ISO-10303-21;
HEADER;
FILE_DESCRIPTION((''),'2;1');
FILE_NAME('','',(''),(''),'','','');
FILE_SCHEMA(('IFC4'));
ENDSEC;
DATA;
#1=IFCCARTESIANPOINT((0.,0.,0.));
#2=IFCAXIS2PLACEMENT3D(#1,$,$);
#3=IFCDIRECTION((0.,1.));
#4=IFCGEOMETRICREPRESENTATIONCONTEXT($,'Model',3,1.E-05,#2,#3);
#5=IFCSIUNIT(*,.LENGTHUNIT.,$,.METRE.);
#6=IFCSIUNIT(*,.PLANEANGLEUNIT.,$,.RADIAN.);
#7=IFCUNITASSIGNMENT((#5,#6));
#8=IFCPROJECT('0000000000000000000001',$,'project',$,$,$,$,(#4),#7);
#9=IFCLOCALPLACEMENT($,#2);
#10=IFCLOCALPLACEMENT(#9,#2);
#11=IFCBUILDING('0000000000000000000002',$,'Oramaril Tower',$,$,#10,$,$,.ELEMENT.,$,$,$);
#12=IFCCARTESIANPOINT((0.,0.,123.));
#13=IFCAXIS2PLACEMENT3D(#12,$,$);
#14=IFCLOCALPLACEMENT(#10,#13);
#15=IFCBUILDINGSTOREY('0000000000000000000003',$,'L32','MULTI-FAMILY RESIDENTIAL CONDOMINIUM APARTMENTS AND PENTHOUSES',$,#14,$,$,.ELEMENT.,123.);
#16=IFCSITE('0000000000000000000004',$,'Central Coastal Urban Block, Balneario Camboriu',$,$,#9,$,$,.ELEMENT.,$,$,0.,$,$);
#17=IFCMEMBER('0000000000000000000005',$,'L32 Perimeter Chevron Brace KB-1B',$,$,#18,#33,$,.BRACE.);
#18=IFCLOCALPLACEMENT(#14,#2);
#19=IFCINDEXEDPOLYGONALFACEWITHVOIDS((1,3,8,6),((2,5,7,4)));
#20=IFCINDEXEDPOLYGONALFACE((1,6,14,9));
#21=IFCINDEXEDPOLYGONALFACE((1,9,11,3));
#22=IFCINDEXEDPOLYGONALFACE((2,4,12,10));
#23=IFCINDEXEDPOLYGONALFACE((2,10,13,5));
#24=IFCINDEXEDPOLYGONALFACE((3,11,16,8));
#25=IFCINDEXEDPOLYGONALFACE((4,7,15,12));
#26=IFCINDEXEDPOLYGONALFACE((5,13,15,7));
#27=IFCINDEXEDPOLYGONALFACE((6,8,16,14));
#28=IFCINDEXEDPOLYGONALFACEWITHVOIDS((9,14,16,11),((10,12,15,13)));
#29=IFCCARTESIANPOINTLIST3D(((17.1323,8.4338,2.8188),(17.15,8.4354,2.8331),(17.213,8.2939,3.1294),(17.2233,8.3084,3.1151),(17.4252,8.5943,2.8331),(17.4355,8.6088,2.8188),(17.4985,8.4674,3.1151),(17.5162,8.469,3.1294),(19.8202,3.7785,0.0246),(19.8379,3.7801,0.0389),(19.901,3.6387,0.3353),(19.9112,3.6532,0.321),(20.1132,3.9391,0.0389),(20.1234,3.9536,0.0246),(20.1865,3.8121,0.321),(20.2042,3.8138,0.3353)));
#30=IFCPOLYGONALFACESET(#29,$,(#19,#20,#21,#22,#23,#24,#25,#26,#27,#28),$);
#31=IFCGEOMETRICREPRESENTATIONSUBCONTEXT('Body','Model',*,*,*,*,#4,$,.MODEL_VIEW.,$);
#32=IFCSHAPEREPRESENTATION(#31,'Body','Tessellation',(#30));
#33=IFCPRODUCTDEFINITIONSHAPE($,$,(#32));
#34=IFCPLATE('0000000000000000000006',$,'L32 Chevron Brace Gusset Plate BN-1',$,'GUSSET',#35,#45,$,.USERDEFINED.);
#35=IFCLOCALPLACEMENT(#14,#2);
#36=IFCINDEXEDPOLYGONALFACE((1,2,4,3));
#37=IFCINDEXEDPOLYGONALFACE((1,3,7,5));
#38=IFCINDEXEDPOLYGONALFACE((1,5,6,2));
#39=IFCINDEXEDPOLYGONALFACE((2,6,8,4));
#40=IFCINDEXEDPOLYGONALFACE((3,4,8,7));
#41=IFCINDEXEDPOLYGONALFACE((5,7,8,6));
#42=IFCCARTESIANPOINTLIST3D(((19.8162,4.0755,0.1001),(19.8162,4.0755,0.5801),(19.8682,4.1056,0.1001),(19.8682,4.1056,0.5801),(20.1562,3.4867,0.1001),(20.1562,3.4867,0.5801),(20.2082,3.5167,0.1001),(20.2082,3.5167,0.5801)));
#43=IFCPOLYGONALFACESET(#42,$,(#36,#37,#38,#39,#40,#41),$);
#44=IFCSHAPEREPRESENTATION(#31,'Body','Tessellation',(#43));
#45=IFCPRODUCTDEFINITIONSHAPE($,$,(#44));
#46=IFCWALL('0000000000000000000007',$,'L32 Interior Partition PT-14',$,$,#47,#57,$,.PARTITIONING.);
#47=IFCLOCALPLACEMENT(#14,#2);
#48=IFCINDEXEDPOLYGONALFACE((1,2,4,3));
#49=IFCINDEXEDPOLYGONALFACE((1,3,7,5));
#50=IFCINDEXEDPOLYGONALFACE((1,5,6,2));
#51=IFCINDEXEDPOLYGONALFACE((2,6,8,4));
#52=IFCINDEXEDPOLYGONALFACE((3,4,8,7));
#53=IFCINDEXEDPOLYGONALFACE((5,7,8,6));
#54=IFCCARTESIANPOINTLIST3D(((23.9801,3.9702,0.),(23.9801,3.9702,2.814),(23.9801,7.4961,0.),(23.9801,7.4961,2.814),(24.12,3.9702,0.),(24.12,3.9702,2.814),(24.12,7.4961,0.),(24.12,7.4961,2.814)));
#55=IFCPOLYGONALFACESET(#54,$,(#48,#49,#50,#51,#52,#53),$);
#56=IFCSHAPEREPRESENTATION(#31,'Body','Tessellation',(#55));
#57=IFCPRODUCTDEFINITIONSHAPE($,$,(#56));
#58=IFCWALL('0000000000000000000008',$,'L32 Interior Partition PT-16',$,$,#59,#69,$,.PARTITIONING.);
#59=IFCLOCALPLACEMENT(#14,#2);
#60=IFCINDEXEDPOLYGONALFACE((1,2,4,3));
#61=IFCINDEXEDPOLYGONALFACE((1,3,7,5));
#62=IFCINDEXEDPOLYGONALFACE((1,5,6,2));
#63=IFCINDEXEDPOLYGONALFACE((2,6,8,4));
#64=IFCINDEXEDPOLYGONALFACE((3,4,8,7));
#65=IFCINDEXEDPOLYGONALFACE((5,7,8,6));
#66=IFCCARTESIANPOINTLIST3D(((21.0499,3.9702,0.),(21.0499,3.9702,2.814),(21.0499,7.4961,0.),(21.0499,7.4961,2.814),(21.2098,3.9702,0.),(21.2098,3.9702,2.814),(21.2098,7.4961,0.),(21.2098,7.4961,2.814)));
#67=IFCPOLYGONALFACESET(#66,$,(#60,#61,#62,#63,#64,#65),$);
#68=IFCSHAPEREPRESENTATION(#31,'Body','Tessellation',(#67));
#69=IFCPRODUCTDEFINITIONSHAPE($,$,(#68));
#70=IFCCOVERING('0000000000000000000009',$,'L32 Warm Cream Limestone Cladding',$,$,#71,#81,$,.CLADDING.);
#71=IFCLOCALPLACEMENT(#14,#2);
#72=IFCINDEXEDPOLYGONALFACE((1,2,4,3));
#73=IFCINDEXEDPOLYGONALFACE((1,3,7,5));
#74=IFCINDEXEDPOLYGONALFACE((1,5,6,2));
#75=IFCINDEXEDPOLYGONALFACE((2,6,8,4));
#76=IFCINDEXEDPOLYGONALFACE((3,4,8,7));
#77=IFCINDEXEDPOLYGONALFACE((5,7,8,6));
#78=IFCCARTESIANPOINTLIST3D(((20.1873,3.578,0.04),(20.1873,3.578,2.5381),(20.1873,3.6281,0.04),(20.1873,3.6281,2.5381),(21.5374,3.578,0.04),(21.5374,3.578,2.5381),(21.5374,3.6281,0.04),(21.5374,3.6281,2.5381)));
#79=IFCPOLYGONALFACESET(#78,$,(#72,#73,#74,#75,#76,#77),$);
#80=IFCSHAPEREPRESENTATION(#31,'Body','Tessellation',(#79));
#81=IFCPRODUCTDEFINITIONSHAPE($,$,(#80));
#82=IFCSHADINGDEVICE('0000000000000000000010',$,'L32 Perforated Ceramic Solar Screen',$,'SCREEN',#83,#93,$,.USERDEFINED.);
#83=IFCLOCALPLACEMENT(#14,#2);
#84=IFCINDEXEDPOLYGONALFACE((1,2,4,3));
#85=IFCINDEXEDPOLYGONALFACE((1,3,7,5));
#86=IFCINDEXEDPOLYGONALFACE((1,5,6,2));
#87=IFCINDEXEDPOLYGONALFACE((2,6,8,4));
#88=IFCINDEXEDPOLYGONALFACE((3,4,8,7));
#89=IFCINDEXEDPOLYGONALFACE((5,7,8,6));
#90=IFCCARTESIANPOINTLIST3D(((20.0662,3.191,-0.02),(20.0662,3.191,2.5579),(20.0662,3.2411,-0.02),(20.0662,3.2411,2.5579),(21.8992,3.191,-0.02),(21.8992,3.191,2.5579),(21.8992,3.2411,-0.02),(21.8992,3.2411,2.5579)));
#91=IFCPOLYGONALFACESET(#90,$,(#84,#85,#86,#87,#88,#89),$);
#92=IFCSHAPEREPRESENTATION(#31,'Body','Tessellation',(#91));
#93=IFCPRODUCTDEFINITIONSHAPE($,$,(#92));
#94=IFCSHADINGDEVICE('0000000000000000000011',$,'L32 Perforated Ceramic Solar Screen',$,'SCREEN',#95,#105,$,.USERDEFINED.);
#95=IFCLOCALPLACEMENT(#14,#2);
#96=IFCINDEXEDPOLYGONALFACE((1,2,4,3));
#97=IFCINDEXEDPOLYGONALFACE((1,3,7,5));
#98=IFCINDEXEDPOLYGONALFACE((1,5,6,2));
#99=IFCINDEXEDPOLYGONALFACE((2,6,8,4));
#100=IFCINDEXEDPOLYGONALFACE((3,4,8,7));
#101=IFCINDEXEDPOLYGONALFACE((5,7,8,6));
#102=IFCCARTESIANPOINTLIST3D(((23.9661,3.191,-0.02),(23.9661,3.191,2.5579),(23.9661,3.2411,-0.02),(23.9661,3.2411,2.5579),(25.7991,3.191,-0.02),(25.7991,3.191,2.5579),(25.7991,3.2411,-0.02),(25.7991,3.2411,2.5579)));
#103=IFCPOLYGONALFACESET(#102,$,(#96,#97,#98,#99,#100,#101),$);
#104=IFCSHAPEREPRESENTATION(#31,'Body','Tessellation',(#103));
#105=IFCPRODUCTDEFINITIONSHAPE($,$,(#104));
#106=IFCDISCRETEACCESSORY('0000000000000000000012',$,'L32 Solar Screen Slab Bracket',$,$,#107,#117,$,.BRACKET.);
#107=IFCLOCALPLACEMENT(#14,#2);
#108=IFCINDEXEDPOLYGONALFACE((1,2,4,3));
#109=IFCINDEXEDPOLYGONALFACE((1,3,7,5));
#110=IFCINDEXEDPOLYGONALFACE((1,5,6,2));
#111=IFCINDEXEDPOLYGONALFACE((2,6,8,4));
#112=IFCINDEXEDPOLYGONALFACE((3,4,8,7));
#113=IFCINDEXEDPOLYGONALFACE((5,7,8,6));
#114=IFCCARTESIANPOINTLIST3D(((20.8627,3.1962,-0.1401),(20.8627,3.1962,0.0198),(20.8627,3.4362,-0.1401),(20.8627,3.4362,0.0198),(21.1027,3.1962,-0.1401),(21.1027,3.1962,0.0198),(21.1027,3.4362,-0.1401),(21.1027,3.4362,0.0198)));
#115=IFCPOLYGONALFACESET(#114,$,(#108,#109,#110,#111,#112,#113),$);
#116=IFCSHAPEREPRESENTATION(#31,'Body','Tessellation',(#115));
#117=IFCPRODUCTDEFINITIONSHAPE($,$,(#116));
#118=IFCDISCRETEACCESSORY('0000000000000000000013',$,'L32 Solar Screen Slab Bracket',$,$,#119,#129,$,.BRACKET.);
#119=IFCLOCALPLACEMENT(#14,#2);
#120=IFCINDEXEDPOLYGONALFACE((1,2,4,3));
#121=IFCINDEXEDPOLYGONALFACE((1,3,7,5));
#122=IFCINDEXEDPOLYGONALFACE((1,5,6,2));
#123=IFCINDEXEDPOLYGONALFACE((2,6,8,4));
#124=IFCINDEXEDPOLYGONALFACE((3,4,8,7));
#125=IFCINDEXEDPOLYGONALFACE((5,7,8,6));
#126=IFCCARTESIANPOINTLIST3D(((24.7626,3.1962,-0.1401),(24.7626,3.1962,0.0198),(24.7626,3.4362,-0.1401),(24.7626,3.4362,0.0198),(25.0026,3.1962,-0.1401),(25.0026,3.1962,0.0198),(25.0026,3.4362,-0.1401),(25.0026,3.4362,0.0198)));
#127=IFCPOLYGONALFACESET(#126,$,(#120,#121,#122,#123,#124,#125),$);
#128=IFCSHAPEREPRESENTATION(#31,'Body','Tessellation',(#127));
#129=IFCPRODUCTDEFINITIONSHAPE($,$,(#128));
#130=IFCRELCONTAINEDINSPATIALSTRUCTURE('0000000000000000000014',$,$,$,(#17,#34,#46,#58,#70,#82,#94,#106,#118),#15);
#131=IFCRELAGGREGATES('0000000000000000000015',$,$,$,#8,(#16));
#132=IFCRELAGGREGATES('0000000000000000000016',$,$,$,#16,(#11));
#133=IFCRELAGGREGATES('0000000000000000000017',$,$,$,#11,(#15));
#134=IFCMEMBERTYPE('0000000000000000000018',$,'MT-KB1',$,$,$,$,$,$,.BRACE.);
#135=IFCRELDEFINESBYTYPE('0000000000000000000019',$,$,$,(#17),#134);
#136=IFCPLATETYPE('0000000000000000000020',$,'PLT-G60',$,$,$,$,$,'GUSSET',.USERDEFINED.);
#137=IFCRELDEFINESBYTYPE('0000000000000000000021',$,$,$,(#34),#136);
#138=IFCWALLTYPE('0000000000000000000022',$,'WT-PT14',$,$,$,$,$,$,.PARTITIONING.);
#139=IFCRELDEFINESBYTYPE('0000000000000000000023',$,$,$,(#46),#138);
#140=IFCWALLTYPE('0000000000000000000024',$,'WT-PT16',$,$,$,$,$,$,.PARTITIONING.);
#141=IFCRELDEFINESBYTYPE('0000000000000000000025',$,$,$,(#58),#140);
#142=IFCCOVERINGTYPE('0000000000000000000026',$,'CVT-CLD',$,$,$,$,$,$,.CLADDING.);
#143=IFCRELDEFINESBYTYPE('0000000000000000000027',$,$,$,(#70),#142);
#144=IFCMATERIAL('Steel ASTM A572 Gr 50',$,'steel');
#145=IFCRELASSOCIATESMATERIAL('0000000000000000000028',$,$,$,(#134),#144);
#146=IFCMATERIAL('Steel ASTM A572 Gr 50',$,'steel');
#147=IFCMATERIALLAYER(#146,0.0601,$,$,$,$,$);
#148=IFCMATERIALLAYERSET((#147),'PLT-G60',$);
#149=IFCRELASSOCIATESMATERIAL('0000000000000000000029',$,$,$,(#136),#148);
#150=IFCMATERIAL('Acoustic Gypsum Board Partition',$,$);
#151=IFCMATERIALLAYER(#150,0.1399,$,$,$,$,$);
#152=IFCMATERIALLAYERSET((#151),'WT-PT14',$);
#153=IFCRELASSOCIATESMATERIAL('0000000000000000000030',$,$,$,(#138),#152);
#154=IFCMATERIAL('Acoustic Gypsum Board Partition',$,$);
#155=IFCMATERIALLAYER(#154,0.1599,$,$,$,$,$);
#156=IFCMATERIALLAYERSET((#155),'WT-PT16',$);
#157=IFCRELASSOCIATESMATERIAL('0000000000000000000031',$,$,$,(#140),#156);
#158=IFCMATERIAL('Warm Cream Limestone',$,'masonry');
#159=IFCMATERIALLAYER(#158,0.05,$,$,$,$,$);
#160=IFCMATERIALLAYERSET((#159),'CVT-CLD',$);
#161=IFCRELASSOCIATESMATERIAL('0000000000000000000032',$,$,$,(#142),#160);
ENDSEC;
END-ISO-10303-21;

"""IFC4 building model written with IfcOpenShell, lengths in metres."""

from ifc_helpers import new_model, si_unit, direction, frame, frame_2d, origin, origin_2d, place, context, subcontext, project, spatial, rectangle, hollow_rectangle, extrude, material, layer, layer_set, material_profile, profile_set, type_object, element, save


model = new_model("IFC4")

# Units and contexts
model_context = context("Model", 3, precision=1e-05, world=origin(), true_north=direction((0.0, 1.0)))
body_context = subcontext(model_context, "Body", "Model", "MODEL_VIEW")
ifc_project = project(units=[si_unit("LENGTHUNIT", "METRE"), si_unit("PLANEANGLEUNIT", "RADIAN")], contexts=[model_context])

# Site, building, storey
site_placement = place(None, origin())
site = spatial("IfcSite", under=ifc_project, at=site_placement, Name="Central Coastal Urban Block, Balneario Camboriu", CompositionType="ELEMENT", RefElevation=0.0)
building_placement = place(site_placement, origin())
building = spatial("IfcBuilding", under=site, at=building_placement, Name="Oramaril Tower", CompositionType="ELEMENT")
storey_placement = place(building_placement, frame((0.0, 0.0, 123.0)))
storey = spatial("IfcBuildingStorey", under=building, at=storey_placement, Name="L32", Description="MULTI-FAMILY RESIDENTIAL CONDOMINIUM APARTMENTS AND PENTHOUSES", CompositionType="ELEMENT", Elevation=123.0)

# Member
ifc_material_1 = material(Name="Steel ASTM A572 Gr 50", Category="steel")
ifc_material_profile = material_profile(ifc_material_1, hollow_rectangle(XDim=0.3501, YDim=0.3501, WallThickness=0.0161, at=origin_2d()), Name="HSS350X350X16")
ifc_profile_set = profile_set([ifc_material_profile], Name="Steel ASTM A572 Gr 50")
member_type = type_object("IfcMemberType", Name="MT-KB1", PredefinedType="BRACE", material=ifc_profile_set)
member_placement = place(storey_placement, frame((20.0122, 3.7961, 0.1799), z_axis=(-0.443679, 0.768398, 0.461208), x_axis=(-0.866004, -0.500037, 0.0)))
element("IfcMember", 1, at=member_placement, inside=storey, type_object=member_type, Name="L32 Perimeter Chevron Brace KB-1B", PredefinedType="BRACE", context=body_context, shape_type="SweptSolid", body=[
    extrude(hollow_rectangle(XDim=0.3501, YDim=0.3501, WallThickness=0.0161, at=origin_2d()), origin(), (0.0, 0.0, 1.0), 6.0583),
])

# Plate
ifc_material_2 = material(Name="Steel ASTM A572 Gr 50", Category="steel")
ifc_layer_1 = layer(ifc_material_2, 0.0601)
ifc_layer_set_1 = layer_set([ifc_layer_1], Name="PLT-G60")
plate_type = type_object("IfcPlateType", Name="PLT-G60", ElementType="GUSSET", PredefinedType="USERDEFINED", material=ifc_layer_set_1)
plate_placement = place(storey_placement, frame((20.0122, 3.7961, 0.1001), z_axis=(0.0, 0.0, 1.0), x_axis=(0.500003, -0.866024, 0.0)))
element("IfcPlate", 2, at=plate_placement, inside=storey, type_object=plate_type, Name="L32 Chevron Brace Gusset Plate BN-1", ObjectType="GUSSET", PredefinedType="USERDEFINED", context=body_context, shape_type="SweptSolid", body=[
    extrude(rectangle(XDim=0.6799, YDim=0.0601, at=origin_2d()), origin(), (0.0, 0.0, 1.0), 0.48),
])

# Walls
ifc_material_3 = material(Name="Acoustic Gypsum Board Partition")
ifc_layer_2 = layer(ifc_material_3, 0.1399)
ifc_layer_set_2 = layer_set([ifc_layer_2], Name="WT-PT14")
wall_type_1 = type_object("IfcWallType", Name="WT-PT14", PredefinedType="PARTITIONING", material=ifc_layer_set_2)
wall_1_placement = place(storey_placement, frame((24.05, 3.9702, 0.0), z_axis=(0.0, 0.0, 1.0), x_axis=(0.0, 1.0, 0.0)))
element("IfcWall", 3, at=wall_1_placement, inside=storey, type_object=wall_type_1, Name="L32 Interior Partition PT-14", PredefinedType="PARTITIONING", context=body_context, shape_type="SweptSolid", body=[
    extrude(rectangle(XDim=3.5259, YDim=0.1399, at=frame_2d((1.7629, 0.0))), origin(), (0.0, 0.0, 1.0), 2.814),
])
ifc_material_4 = material(Name="Acoustic Gypsum Board Partition")
ifc_layer_3 = layer(ifc_material_4, 0.1599)
ifc_layer_set_3 = layer_set([ifc_layer_3], Name="WT-PT16")
wall_type_2 = type_object("IfcWallType", Name="WT-PT16", PredefinedType="PARTITIONING", material=ifc_layer_set_3)
wall_2_placement = place(storey_placement, frame((21.1299, 3.9702, 0.0), z_axis=(0.0, 0.0, 1.0), x_axis=(0.0, 1.0, 0.0)))
element("IfcWall", 4, at=wall_2_placement, inside=storey, type_object=wall_type_2, Name="L32 Interior Partition PT-16", PredefinedType="PARTITIONING", context=body_context, shape_type="SweptSolid", body=[
    extrude(rectangle(XDim=3.5259, YDim=0.1599, at=frame_2d((1.7629, 0.0))), origin(), (0.0, 0.0, 1.0), 2.814),
])

# Covering
ifc_material_5 = material(Name="Warm Cream Limestone", Category="masonry")
ifc_layer_4 = layer(ifc_material_5, 0.05)
ifc_layer_set_4 = layer_set([ifc_layer_4], Name="CVT-CLD")
covering_type = type_object("IfcCoveringType", Name="CVT-CLD", PredefinedType="CLADDING", material=ifc_layer_set_4)
covering_placement = place(storey_placement, frame((20.8623, 3.603, 0.04), z_axis=(0.0, 0.0, 1.0), x_axis=(1.0, 0.0, 0.0)))
element("IfcCovering", 5, at=covering_placement, inside=storey, type_object=covering_type, Name="L32 Warm Cream Limestone Cladding", PredefinedType="CLADDING", context=body_context, shape_type="SweptSolid", body=[
    extrude(rectangle(XDim=1.3501, YDim=0.05, at=origin_2d()), origin(), (0.0, 0.0, 1.0), 2.498),
])

# Shading devices
for number, where, z_axis, x_axis, name in (
    (6, (20.9827, 3.2161, -0.02), (0.0, 0.0, 1.0), (1.0, 0.0, 0.0), "L32 Perforated Ceramic Solar Screen"),
    (7, (24.8826, 3.2161, -0.02), (0.0, 0.0, 1.0), (1.0, 0.0, 0.0), "L32 Perforated Ceramic Solar Screen"),
):
    element("IfcShadingDevice", number, at=place(storey_placement, frame(where, z_axis=z_axis, x_axis=x_axis)), inside=storey, Name=name, ObjectType="SCREEN", PredefinedType="USERDEFINED", context=body_context, shape_type="SweptSolid", body=[
        extrude(rectangle(XDim=1.833, YDim=0.05, at=origin_2d()), origin(), (0.0, 0.0, 1.0), 2.5779),
    ])

# Discrete accessories
for number, where, z_axis, x_axis, name in (
    (8, (20.9827, 3.3162, -0.1401), (0.0, 0.0, 1.0), (1.0, 0.0, 0.0), "L32 Solar Screen Slab Bracket"),
    (9, (24.8826, 3.3162, -0.1401), (0.0, 0.0, 1.0), (1.0, 0.0, 0.0), "L32 Solar Screen Slab Bracket"),
):
    element("IfcDiscreteAccessory", number, at=place(storey_placement, frame(where, z_axis=z_axis, x_axis=x_axis)), inside=storey, Name=name, PredefinedType="BRACKET", context=body_context, shape_type="SweptSolid", body=[
        extrude(rectangle(XDim=0.24, YDim=0.24, at=origin_2d()), origin(), (0.0, 0.0, 1.0), 0.1599),
    ])

save(model, "model.ifc")
